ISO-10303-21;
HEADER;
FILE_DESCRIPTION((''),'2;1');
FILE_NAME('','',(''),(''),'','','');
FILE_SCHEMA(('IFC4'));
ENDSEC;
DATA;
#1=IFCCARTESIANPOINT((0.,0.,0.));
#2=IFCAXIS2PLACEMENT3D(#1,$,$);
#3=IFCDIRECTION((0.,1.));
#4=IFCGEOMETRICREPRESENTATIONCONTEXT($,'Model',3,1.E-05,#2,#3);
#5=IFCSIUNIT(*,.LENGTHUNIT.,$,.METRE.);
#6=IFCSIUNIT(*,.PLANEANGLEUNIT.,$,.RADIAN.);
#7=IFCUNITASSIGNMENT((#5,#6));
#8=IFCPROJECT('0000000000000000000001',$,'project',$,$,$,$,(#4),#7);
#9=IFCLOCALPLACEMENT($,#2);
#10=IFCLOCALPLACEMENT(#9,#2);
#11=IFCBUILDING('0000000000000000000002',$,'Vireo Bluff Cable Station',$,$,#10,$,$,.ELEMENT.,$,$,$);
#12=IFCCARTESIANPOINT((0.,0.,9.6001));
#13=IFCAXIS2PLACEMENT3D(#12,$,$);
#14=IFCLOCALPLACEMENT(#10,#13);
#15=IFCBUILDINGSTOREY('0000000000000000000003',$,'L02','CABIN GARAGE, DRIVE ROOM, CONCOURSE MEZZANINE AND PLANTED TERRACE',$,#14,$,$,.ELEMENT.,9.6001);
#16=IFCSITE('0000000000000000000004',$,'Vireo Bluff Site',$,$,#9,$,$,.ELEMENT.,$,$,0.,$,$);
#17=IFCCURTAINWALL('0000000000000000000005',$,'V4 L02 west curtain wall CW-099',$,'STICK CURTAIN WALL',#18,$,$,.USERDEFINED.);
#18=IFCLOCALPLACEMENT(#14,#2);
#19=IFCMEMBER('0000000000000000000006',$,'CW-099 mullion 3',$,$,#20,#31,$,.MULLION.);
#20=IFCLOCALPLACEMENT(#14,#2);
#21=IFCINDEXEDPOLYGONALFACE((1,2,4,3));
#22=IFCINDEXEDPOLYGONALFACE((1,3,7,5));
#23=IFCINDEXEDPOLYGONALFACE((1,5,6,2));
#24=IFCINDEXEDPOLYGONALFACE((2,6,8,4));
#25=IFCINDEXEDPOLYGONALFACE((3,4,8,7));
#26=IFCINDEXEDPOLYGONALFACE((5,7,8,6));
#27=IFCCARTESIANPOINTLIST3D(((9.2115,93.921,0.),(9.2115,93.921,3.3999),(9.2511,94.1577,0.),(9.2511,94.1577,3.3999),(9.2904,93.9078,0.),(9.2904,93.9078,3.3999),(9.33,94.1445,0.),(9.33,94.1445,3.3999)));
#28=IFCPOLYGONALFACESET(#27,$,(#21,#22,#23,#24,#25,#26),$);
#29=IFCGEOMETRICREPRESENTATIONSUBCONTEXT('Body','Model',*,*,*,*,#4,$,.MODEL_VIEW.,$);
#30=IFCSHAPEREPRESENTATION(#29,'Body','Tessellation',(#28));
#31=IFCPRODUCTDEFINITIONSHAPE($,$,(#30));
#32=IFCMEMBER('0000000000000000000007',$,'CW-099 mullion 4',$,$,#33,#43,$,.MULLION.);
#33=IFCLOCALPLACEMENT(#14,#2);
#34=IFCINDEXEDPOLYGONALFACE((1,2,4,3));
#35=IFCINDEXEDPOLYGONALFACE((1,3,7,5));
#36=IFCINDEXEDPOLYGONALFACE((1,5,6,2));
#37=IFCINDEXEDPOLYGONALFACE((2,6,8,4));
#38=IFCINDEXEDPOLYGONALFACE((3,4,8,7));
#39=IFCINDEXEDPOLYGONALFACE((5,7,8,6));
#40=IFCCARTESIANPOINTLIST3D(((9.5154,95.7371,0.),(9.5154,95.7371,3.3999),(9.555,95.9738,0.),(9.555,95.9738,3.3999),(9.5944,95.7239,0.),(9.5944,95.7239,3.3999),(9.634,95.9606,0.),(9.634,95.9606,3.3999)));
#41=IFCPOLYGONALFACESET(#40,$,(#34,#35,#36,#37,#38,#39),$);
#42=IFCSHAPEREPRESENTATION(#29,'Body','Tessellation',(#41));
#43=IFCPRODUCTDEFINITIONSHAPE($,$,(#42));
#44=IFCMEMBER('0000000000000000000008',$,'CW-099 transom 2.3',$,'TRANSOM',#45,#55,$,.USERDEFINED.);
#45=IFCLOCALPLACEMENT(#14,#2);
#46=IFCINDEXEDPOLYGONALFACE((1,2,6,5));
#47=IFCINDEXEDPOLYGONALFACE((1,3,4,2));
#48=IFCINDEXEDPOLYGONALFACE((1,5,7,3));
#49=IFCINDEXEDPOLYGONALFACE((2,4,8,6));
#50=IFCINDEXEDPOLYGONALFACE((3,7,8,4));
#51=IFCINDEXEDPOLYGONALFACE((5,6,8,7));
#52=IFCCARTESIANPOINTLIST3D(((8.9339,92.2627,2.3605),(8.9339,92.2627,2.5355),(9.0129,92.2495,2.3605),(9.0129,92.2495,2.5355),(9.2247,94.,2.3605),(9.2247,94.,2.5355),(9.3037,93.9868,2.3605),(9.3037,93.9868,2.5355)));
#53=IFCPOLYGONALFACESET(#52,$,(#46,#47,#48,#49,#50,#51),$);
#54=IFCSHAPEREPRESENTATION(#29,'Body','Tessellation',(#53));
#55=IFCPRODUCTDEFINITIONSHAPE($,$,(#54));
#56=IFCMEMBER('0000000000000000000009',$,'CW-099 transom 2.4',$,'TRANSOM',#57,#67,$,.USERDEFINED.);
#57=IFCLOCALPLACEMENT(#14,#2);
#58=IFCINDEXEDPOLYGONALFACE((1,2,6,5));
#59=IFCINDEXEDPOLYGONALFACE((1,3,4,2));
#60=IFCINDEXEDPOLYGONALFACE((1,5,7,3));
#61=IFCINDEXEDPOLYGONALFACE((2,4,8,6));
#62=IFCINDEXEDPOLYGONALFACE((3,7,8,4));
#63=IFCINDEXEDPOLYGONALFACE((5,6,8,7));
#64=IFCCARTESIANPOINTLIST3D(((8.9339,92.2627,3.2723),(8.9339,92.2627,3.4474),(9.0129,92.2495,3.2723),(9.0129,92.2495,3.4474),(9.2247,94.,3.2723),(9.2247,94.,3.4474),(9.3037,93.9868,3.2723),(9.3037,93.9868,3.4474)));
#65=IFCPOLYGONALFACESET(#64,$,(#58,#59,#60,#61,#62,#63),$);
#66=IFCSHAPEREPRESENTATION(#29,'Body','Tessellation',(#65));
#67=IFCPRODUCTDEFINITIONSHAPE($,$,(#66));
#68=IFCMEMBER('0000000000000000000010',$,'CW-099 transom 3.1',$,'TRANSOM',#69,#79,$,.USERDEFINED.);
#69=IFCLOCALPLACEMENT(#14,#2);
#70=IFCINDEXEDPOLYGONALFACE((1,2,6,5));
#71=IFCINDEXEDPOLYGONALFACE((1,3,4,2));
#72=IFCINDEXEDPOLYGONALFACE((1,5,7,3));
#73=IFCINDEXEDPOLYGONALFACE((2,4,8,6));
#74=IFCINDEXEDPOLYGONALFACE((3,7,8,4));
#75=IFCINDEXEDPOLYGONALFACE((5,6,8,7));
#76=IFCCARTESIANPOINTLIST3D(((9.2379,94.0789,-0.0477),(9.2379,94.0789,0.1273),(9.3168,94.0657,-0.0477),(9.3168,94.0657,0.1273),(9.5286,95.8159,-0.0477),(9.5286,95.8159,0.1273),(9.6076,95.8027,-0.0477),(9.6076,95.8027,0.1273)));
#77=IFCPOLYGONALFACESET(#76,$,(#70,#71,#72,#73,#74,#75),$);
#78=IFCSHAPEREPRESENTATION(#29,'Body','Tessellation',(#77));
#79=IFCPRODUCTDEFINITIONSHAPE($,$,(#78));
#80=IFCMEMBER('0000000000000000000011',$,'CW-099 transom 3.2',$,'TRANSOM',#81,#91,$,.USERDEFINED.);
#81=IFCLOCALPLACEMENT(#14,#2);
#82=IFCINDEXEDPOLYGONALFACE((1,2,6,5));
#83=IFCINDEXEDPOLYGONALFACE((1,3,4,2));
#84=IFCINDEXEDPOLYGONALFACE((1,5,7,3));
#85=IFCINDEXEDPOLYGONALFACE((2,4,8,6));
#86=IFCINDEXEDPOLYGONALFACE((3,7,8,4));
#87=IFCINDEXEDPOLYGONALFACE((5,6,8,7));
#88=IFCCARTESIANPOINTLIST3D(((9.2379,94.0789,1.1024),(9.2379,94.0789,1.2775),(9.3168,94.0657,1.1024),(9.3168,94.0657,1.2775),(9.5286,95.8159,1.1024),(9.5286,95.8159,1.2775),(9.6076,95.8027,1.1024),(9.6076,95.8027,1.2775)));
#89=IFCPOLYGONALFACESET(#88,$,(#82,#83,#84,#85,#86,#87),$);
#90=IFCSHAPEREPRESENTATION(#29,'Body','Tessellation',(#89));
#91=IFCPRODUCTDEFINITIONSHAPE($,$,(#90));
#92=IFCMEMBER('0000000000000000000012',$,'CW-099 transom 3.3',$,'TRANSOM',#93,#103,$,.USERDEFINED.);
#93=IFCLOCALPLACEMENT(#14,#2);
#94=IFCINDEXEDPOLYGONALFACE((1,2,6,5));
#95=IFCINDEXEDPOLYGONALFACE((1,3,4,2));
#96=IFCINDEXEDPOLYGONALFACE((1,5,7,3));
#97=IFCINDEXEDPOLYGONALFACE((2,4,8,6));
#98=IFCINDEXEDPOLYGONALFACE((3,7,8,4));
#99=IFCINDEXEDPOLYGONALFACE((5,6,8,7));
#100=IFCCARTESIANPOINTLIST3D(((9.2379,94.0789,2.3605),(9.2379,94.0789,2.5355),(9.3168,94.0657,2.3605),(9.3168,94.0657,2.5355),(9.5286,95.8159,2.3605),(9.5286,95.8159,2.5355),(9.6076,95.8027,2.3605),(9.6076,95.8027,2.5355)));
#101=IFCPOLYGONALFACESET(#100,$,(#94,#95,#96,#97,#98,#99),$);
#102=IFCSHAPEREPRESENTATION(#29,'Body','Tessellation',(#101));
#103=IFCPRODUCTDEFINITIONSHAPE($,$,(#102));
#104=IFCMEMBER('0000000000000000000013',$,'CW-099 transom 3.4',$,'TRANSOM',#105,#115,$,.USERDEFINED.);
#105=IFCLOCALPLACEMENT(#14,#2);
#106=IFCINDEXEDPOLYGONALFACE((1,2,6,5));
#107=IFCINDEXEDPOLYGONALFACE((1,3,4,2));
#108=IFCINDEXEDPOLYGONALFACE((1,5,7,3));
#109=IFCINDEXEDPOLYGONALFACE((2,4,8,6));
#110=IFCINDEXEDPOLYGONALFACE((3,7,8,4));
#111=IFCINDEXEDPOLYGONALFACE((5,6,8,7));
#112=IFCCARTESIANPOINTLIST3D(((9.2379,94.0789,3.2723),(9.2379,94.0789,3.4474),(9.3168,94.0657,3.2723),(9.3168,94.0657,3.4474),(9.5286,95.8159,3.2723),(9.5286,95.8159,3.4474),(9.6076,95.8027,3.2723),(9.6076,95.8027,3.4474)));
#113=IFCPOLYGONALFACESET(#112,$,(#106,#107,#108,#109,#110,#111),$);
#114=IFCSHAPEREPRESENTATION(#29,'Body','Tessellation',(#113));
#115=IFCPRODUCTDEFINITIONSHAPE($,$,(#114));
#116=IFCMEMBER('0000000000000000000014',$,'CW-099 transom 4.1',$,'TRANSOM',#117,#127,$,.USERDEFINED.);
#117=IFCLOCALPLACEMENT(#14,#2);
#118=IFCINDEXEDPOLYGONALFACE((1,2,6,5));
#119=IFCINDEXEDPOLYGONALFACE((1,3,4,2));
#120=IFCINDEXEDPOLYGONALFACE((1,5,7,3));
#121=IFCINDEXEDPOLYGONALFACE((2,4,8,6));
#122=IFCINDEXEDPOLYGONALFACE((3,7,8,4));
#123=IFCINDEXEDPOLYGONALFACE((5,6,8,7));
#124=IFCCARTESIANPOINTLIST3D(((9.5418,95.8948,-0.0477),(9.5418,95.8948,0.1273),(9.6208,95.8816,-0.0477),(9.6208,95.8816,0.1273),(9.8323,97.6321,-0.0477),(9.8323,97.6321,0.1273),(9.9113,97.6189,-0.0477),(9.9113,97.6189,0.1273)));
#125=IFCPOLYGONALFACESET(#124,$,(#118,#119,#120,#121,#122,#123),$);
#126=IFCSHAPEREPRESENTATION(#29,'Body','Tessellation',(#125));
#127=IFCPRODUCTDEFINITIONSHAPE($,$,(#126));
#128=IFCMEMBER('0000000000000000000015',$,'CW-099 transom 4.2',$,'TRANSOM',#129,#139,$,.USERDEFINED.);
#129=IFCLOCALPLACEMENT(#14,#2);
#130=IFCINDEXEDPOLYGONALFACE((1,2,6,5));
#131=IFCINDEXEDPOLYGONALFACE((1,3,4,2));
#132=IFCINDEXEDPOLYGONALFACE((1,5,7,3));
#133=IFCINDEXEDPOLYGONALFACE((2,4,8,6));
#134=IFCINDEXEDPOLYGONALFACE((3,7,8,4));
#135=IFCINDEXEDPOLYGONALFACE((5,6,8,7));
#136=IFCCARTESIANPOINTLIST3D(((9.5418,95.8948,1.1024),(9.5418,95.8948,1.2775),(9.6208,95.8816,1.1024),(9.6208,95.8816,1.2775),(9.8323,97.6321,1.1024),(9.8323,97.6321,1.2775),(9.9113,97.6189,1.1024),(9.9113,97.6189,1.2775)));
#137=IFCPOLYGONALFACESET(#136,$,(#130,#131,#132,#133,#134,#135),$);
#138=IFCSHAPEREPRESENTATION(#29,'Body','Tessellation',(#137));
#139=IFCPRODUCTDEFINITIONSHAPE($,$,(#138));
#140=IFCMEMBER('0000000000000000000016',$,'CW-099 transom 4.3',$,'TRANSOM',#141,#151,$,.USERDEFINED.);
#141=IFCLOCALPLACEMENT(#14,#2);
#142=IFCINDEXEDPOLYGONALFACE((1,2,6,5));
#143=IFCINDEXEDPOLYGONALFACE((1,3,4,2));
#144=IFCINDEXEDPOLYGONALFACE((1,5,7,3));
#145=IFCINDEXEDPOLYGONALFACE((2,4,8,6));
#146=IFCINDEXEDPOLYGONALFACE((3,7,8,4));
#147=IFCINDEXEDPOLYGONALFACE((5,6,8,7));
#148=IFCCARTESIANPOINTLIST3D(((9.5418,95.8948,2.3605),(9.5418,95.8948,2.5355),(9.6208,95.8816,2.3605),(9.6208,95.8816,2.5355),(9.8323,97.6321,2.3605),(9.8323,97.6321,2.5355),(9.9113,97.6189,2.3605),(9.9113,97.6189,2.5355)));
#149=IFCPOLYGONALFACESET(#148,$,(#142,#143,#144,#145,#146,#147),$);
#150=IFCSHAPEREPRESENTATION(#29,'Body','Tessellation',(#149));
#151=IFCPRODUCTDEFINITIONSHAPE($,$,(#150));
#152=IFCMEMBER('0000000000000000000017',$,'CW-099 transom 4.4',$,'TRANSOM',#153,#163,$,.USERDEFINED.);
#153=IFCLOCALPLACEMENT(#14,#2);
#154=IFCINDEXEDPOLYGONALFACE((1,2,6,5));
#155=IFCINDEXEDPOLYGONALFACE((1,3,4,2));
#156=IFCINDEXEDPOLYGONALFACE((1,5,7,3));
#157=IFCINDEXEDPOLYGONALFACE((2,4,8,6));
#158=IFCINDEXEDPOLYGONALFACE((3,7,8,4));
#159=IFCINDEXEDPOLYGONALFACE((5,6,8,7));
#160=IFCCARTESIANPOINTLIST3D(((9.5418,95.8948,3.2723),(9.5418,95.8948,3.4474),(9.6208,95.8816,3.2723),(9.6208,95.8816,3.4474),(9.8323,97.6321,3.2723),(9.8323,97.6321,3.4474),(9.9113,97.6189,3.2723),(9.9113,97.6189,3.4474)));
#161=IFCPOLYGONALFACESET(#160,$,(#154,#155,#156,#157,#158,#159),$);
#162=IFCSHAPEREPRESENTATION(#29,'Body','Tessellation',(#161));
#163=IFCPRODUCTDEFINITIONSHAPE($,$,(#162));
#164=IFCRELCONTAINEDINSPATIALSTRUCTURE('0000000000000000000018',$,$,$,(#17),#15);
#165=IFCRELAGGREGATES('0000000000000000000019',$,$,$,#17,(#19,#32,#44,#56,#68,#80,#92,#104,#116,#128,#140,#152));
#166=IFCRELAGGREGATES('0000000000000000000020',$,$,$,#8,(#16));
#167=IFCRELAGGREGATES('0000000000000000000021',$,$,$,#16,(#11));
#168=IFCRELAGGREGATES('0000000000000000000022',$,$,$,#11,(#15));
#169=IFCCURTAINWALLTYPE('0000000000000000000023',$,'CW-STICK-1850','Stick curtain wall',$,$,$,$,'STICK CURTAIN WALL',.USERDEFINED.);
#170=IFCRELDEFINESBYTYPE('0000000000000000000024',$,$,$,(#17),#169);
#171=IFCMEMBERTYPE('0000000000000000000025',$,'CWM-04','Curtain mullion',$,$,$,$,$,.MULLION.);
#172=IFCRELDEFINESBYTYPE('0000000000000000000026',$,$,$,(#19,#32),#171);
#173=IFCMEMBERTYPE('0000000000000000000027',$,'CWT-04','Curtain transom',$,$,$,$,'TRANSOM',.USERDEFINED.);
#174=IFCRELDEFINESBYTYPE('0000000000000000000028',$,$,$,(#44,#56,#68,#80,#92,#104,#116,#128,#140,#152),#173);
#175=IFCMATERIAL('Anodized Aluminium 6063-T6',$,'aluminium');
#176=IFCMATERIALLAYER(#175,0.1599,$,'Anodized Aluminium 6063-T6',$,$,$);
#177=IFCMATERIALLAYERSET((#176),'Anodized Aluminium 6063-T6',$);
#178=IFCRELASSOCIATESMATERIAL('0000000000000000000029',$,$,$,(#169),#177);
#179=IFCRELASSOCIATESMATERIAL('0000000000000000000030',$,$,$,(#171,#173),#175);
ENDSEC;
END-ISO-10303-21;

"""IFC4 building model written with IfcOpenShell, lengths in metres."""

from ifc_helpers import new_model, si_unit, direction, frame, origin, origin_2d, place, context, subcontext, project, spatial, rectangle, extrude, material, layer, layer_set, material_profile, profile_set, type_object, element, aggregate, save


model = new_model("IFC4")

# Units and contexts
model_context = context("Model", 3, precision=1e-05, world=origin(), true_north=direction((0.0, 1.0)))
body_context = subcontext(model_context, "Body", "Model", "MODEL_VIEW")
ifc_project = project(units=[si_unit("LENGTHUNIT", "METRE"), si_unit("PLANEANGLEUNIT", "RADIAN")], contexts=[model_context])

# Site, building, storey
site_placement = place(None, origin())
site = spatial("IfcSite", under=ifc_project, at=site_placement, Name="Vireo Bluff Site", CompositionType="ELEMENT", RefElevation=0.0)
building_placement = place(site_placement, origin())
building = spatial("IfcBuilding", under=site, at=building_placement, Name="Vireo Bluff Cable Station", CompositionType="ELEMENT")
storey_placement = place(building_placement, frame((0.0, 0.0, 9.6001)))
storey = spatial("IfcBuildingStorey", under=building, at=storey_placement, Name="L02", Description="CABIN GARAGE, DRIVE ROOM, CONCOURSE MEZZANINE AND PLANTED TERRACE", CompositionType="ELEMENT", Elevation=9.6001)

# Curtain wall, members
ifc_material_1 = material(Name="Anodized Aluminium 6063-T6", Category="aluminium")
ifc_layer_1 = layer(ifc_material_1, 0.1599, Name="Anodized Aluminium 6063-T6")
ifc_layer_set_1 = layer_set([ifc_layer_1], Name="Anodized Aluminium 6063-T6")
curtain_wall_type = type_object("IfcCurtainWallType", Name="CW-STICK-1850", Description="Stick curtain wall", ElementType="STICK CURTAIN WALL", PredefinedType="USERDEFINED", material=ifc_layer_set_1)
curtain_wall_placement = place(storey_placement, origin())
curtain_wall = element("IfcCurtainWall", 1, at=curtain_wall_placement, inside=storey, type_object=curtain_wall_type, Name="V4 L02 west curtain wall CW-099", ObjectType="STICK CURTAIN WALL", PredefinedType="USERDEFINED")
ifc_material_profile_1 = material_profile(ifc_material_1, rectangle(XDim=0.0801, YDim=0.24, at=origin_2d()), Name="ALU-M-80X240")
ifc_profile_set_1 = profile_set([ifc_material_profile_1], Name="Anodized Aluminium 6063-T6")
member_type_1 = type_object("IfcMemberType", Name="CWM-04", Description="Curtain mullion", PredefinedType="MULLION", material=ifc_profile_set_1)
member_1_placement = place(storey_placement, frame((9.2708, 94.0327, 0.0), z_axis=(0.0, 0.0, 1.0), x_axis=(-0.986286, 0.165048, 0.0)))
member_1 = element("IfcMember", 2, at=member_1_placement, type_object=member_type_1, Name="CW-099 mullion 3", PredefinedType="MULLION", context=body_context, shape_type="SweptSolid", body=[
    extrude(rectangle(XDim=0.0801, YDim=0.24, at=origin_2d()), origin(), (0.0, 0.0, 1.0), 3.3999),
])
member_2_placement = place(storey_placement, frame((9.5747, 95.8489, 0.0), z_axis=(0.0, 0.0, 1.0), x_axis=(-0.986286, 0.165048, 0.0)))
member_2 = element("IfcMember", 3, at=member_2_placement, type_object=member_type_1, Name="CW-099 mullion 4", PredefinedType="MULLION", context=body_context, shape_type="SweptSolid", body=[
    extrude(rectangle(XDim=0.0801, YDim=0.24, at=origin_2d()), origin(), (0.0, 0.0, 1.0), 3.3999),
])
ifc_material_profile_2 = material_profile(ifc_material_1, rectangle(XDim=0.0801, YDim=0.175, at=origin_2d()), Name="ALU-T-80X175")
ifc_profile_set_2 = profile_set([ifc_material_profile_2], Name="Anodized Aluminium 6063-T6")
member_type_2 = type_object("IfcMemberType", Name="CWT-04", Description="Curtain transom", ElementType="TRANSOM", PredefinedType="USERDEFINED", material=ifc_profile_set_2)
member_3_placement = place(storey_placement, frame((8.9734, 92.2561, 2.448), z_axis=(0.165073, 0.986281, 0.0), x_axis=(-0.986281, 0.165073, 0.0)))
member_3 = element("IfcMember", 4, at=member_3_placement, type_object=member_type_2, Name="CW-099 transom 2.3", ObjectType="TRANSOM", PredefinedType="USERDEFINED", context=body_context, shape_type="SweptSolid", body=[
    extrude(rectangle(XDim=0.0801, YDim=0.175, at=origin_2d()), origin(), (0.0, 0.0, 1.0), 1.7615),
])
member_4_placement = place(storey_placement, frame((8.9734, 92.2561, 3.3599), z_axis=(0.165073, 0.986281, 0.0), x_axis=(-0.986281, 0.165073, 0.0)))
member_4 = element("IfcMember", 5, at=member_4_placement, type_object=member_type_2, Name="CW-099 transom 2.4", ObjectType="TRANSOM", PredefinedType="USERDEFINED", context=body_context, shape_type="SweptSolid", body=[
    extrude(rectangle(XDim=0.0801, YDim=0.175, at=origin_2d()), origin(), (0.0, 0.0, 1.0), 1.7615),
])
member_5_placement = place(storey_placement, frame((9.2773, 94.0723, 0.0398), z_axis=(0.165096, 0.986278, 0.0), x_axis=(-0.986278, 0.165096, 0.0)))
member_5 = element("IfcMember", 6, at=member_5_placement, type_object=member_type_2, Name="CW-099 transom 3.1", ObjectType="TRANSOM", PredefinedType="USERDEFINED", context=body_context, shape_type="SweptSolid", body=[
    extrude(rectangle(XDim=0.0801, YDim=0.175, at=origin_2d()), origin(), (0.0, 0.0, 1.0), 1.7612),
])
member_6_placement = place(storey_placement, frame((9.2773, 94.0723, 1.1899), z_axis=(0.165096, 0.986278, 0.0), x_axis=(-0.986278, 0.165096, 0.0)))
member_6 = element("IfcMember", 7, at=member_6_placement, type_object=member_type_2, Name="CW-099 transom 3.2", ObjectType="TRANSOM", PredefinedType="USERDEFINED", context=body_context, shape_type="SweptSolid", body=[
    extrude(rectangle(XDim=0.0801, YDim=0.175, at=origin_2d()), origin(), (0.0, 0.0, 1.0), 1.7612),
])
member_7_placement = place(storey_placement, frame((9.2773, 94.0723, 2.448), z_axis=(0.165096, 0.986278, 0.0), x_axis=(-0.986278, 0.165096, 0.0)))
member_7 = element("IfcMember", 8, at=member_7_placement, type_object=member_type_2, Name="CW-099 transom 3.3", ObjectType="TRANSOM", PredefinedType="USERDEFINED", context=body_context, shape_type="SweptSolid", body=[
    extrude(rectangle(XDim=0.0801, YDim=0.175, at=origin_2d()), origin(), (0.0, 0.0, 1.0), 1.7612),
])
member_8_placement = place(storey_placement, frame((9.2773, 94.0723, 3.3599), z_axis=(0.165096, 0.986278, 0.0), x_axis=(-0.986278, 0.165096, 0.0)))
member_8 = element("IfcMember", 9, at=member_8_placement, type_object=member_type_2, Name="CW-099 transom 3.4", ObjectType="TRANSOM", PredefinedType="USERDEFINED", context=body_context, shape_type="SweptSolid", body=[
    extrude(rectangle(XDim=0.0801, YDim=0.175, at=origin_2d()), origin(), (0.0, 0.0, 1.0), 1.7612),
])
member_9_placement = place(storey_placement, frame((9.5813, 95.8882, 0.0398), z_axis=(0.164938, 0.986304, 0.0), x_axis=(-0.986304, 0.164938, 0.0)))
member_9 = element("IfcMember", 10, at=member_9_placement, type_object=member_type_2, Name="CW-099 transom 4.1", ObjectType="TRANSOM", PredefinedType="USERDEFINED", context=body_context, shape_type="SweptSolid", body=[
    extrude(rectangle(XDim=0.0801, YDim=0.175, at=origin_2d()), origin(), (0.0, 0.0, 1.0), 1.7615),
])
member_10_placement = place(storey_placement, frame((9.5813, 95.8882, 1.1899), z_axis=(0.164938, 0.986304, 0.0), x_axis=(-0.986304, 0.164938, 0.0)))
member_10 = element("IfcMember", 11, at=member_10_placement, type_object=member_type_2, Name="CW-099 transom 4.2", ObjectType="TRANSOM", PredefinedType="USERDEFINED", context=body_context, shape_type="SweptSolid", body=[
    extrude(rectangle(XDim=0.0801, YDim=0.175, at=origin_2d()), origin(), (0.0, 0.0, 1.0), 1.7615),
])
member_11_placement = place(storey_placement, frame((9.5813, 95.8882, 2.448), z_axis=(0.164938, 0.986304, 0.0), x_axis=(-0.986304, 0.164938, 0.0)))
member_11 = element("IfcMember", 12, at=member_11_placement, type_object=member_type_2, Name="CW-099 transom 4.3", ObjectType="TRANSOM", PredefinedType="USERDEFINED", context=body_context, shape_type="SweptSolid", body=[
    extrude(rectangle(XDim=0.0801, YDim=0.175, at=origin_2d()), origin(), (0.0, 0.0, 1.0), 1.7615),
])
member_12_placement = place(storey_placement, frame((9.5813, 95.8882, 3.3599), z_axis=(0.164938, 0.986304, 0.0), x_axis=(-0.986304, 0.164938, 0.0)))
member_12 = element("IfcMember", 13, at=member_12_placement, type_object=member_type_2, Name="CW-099 transom 4.4", ObjectType="TRANSOM", PredefinedType="USERDEFINED", context=body_context, shape_type="SweptSolid", body=[
    extrude(rectangle(XDim=0.0801, YDim=0.175, at=origin_2d()), origin(), (0.0, 0.0, 1.0), 1.7615),
])

aggregate(curtain_wall, [member_1, member_2, member_3, member_4, member_5, member_6, member_7, member_8, member_9, member_10, member_11, member_12])

save(model, "model.ifc")
